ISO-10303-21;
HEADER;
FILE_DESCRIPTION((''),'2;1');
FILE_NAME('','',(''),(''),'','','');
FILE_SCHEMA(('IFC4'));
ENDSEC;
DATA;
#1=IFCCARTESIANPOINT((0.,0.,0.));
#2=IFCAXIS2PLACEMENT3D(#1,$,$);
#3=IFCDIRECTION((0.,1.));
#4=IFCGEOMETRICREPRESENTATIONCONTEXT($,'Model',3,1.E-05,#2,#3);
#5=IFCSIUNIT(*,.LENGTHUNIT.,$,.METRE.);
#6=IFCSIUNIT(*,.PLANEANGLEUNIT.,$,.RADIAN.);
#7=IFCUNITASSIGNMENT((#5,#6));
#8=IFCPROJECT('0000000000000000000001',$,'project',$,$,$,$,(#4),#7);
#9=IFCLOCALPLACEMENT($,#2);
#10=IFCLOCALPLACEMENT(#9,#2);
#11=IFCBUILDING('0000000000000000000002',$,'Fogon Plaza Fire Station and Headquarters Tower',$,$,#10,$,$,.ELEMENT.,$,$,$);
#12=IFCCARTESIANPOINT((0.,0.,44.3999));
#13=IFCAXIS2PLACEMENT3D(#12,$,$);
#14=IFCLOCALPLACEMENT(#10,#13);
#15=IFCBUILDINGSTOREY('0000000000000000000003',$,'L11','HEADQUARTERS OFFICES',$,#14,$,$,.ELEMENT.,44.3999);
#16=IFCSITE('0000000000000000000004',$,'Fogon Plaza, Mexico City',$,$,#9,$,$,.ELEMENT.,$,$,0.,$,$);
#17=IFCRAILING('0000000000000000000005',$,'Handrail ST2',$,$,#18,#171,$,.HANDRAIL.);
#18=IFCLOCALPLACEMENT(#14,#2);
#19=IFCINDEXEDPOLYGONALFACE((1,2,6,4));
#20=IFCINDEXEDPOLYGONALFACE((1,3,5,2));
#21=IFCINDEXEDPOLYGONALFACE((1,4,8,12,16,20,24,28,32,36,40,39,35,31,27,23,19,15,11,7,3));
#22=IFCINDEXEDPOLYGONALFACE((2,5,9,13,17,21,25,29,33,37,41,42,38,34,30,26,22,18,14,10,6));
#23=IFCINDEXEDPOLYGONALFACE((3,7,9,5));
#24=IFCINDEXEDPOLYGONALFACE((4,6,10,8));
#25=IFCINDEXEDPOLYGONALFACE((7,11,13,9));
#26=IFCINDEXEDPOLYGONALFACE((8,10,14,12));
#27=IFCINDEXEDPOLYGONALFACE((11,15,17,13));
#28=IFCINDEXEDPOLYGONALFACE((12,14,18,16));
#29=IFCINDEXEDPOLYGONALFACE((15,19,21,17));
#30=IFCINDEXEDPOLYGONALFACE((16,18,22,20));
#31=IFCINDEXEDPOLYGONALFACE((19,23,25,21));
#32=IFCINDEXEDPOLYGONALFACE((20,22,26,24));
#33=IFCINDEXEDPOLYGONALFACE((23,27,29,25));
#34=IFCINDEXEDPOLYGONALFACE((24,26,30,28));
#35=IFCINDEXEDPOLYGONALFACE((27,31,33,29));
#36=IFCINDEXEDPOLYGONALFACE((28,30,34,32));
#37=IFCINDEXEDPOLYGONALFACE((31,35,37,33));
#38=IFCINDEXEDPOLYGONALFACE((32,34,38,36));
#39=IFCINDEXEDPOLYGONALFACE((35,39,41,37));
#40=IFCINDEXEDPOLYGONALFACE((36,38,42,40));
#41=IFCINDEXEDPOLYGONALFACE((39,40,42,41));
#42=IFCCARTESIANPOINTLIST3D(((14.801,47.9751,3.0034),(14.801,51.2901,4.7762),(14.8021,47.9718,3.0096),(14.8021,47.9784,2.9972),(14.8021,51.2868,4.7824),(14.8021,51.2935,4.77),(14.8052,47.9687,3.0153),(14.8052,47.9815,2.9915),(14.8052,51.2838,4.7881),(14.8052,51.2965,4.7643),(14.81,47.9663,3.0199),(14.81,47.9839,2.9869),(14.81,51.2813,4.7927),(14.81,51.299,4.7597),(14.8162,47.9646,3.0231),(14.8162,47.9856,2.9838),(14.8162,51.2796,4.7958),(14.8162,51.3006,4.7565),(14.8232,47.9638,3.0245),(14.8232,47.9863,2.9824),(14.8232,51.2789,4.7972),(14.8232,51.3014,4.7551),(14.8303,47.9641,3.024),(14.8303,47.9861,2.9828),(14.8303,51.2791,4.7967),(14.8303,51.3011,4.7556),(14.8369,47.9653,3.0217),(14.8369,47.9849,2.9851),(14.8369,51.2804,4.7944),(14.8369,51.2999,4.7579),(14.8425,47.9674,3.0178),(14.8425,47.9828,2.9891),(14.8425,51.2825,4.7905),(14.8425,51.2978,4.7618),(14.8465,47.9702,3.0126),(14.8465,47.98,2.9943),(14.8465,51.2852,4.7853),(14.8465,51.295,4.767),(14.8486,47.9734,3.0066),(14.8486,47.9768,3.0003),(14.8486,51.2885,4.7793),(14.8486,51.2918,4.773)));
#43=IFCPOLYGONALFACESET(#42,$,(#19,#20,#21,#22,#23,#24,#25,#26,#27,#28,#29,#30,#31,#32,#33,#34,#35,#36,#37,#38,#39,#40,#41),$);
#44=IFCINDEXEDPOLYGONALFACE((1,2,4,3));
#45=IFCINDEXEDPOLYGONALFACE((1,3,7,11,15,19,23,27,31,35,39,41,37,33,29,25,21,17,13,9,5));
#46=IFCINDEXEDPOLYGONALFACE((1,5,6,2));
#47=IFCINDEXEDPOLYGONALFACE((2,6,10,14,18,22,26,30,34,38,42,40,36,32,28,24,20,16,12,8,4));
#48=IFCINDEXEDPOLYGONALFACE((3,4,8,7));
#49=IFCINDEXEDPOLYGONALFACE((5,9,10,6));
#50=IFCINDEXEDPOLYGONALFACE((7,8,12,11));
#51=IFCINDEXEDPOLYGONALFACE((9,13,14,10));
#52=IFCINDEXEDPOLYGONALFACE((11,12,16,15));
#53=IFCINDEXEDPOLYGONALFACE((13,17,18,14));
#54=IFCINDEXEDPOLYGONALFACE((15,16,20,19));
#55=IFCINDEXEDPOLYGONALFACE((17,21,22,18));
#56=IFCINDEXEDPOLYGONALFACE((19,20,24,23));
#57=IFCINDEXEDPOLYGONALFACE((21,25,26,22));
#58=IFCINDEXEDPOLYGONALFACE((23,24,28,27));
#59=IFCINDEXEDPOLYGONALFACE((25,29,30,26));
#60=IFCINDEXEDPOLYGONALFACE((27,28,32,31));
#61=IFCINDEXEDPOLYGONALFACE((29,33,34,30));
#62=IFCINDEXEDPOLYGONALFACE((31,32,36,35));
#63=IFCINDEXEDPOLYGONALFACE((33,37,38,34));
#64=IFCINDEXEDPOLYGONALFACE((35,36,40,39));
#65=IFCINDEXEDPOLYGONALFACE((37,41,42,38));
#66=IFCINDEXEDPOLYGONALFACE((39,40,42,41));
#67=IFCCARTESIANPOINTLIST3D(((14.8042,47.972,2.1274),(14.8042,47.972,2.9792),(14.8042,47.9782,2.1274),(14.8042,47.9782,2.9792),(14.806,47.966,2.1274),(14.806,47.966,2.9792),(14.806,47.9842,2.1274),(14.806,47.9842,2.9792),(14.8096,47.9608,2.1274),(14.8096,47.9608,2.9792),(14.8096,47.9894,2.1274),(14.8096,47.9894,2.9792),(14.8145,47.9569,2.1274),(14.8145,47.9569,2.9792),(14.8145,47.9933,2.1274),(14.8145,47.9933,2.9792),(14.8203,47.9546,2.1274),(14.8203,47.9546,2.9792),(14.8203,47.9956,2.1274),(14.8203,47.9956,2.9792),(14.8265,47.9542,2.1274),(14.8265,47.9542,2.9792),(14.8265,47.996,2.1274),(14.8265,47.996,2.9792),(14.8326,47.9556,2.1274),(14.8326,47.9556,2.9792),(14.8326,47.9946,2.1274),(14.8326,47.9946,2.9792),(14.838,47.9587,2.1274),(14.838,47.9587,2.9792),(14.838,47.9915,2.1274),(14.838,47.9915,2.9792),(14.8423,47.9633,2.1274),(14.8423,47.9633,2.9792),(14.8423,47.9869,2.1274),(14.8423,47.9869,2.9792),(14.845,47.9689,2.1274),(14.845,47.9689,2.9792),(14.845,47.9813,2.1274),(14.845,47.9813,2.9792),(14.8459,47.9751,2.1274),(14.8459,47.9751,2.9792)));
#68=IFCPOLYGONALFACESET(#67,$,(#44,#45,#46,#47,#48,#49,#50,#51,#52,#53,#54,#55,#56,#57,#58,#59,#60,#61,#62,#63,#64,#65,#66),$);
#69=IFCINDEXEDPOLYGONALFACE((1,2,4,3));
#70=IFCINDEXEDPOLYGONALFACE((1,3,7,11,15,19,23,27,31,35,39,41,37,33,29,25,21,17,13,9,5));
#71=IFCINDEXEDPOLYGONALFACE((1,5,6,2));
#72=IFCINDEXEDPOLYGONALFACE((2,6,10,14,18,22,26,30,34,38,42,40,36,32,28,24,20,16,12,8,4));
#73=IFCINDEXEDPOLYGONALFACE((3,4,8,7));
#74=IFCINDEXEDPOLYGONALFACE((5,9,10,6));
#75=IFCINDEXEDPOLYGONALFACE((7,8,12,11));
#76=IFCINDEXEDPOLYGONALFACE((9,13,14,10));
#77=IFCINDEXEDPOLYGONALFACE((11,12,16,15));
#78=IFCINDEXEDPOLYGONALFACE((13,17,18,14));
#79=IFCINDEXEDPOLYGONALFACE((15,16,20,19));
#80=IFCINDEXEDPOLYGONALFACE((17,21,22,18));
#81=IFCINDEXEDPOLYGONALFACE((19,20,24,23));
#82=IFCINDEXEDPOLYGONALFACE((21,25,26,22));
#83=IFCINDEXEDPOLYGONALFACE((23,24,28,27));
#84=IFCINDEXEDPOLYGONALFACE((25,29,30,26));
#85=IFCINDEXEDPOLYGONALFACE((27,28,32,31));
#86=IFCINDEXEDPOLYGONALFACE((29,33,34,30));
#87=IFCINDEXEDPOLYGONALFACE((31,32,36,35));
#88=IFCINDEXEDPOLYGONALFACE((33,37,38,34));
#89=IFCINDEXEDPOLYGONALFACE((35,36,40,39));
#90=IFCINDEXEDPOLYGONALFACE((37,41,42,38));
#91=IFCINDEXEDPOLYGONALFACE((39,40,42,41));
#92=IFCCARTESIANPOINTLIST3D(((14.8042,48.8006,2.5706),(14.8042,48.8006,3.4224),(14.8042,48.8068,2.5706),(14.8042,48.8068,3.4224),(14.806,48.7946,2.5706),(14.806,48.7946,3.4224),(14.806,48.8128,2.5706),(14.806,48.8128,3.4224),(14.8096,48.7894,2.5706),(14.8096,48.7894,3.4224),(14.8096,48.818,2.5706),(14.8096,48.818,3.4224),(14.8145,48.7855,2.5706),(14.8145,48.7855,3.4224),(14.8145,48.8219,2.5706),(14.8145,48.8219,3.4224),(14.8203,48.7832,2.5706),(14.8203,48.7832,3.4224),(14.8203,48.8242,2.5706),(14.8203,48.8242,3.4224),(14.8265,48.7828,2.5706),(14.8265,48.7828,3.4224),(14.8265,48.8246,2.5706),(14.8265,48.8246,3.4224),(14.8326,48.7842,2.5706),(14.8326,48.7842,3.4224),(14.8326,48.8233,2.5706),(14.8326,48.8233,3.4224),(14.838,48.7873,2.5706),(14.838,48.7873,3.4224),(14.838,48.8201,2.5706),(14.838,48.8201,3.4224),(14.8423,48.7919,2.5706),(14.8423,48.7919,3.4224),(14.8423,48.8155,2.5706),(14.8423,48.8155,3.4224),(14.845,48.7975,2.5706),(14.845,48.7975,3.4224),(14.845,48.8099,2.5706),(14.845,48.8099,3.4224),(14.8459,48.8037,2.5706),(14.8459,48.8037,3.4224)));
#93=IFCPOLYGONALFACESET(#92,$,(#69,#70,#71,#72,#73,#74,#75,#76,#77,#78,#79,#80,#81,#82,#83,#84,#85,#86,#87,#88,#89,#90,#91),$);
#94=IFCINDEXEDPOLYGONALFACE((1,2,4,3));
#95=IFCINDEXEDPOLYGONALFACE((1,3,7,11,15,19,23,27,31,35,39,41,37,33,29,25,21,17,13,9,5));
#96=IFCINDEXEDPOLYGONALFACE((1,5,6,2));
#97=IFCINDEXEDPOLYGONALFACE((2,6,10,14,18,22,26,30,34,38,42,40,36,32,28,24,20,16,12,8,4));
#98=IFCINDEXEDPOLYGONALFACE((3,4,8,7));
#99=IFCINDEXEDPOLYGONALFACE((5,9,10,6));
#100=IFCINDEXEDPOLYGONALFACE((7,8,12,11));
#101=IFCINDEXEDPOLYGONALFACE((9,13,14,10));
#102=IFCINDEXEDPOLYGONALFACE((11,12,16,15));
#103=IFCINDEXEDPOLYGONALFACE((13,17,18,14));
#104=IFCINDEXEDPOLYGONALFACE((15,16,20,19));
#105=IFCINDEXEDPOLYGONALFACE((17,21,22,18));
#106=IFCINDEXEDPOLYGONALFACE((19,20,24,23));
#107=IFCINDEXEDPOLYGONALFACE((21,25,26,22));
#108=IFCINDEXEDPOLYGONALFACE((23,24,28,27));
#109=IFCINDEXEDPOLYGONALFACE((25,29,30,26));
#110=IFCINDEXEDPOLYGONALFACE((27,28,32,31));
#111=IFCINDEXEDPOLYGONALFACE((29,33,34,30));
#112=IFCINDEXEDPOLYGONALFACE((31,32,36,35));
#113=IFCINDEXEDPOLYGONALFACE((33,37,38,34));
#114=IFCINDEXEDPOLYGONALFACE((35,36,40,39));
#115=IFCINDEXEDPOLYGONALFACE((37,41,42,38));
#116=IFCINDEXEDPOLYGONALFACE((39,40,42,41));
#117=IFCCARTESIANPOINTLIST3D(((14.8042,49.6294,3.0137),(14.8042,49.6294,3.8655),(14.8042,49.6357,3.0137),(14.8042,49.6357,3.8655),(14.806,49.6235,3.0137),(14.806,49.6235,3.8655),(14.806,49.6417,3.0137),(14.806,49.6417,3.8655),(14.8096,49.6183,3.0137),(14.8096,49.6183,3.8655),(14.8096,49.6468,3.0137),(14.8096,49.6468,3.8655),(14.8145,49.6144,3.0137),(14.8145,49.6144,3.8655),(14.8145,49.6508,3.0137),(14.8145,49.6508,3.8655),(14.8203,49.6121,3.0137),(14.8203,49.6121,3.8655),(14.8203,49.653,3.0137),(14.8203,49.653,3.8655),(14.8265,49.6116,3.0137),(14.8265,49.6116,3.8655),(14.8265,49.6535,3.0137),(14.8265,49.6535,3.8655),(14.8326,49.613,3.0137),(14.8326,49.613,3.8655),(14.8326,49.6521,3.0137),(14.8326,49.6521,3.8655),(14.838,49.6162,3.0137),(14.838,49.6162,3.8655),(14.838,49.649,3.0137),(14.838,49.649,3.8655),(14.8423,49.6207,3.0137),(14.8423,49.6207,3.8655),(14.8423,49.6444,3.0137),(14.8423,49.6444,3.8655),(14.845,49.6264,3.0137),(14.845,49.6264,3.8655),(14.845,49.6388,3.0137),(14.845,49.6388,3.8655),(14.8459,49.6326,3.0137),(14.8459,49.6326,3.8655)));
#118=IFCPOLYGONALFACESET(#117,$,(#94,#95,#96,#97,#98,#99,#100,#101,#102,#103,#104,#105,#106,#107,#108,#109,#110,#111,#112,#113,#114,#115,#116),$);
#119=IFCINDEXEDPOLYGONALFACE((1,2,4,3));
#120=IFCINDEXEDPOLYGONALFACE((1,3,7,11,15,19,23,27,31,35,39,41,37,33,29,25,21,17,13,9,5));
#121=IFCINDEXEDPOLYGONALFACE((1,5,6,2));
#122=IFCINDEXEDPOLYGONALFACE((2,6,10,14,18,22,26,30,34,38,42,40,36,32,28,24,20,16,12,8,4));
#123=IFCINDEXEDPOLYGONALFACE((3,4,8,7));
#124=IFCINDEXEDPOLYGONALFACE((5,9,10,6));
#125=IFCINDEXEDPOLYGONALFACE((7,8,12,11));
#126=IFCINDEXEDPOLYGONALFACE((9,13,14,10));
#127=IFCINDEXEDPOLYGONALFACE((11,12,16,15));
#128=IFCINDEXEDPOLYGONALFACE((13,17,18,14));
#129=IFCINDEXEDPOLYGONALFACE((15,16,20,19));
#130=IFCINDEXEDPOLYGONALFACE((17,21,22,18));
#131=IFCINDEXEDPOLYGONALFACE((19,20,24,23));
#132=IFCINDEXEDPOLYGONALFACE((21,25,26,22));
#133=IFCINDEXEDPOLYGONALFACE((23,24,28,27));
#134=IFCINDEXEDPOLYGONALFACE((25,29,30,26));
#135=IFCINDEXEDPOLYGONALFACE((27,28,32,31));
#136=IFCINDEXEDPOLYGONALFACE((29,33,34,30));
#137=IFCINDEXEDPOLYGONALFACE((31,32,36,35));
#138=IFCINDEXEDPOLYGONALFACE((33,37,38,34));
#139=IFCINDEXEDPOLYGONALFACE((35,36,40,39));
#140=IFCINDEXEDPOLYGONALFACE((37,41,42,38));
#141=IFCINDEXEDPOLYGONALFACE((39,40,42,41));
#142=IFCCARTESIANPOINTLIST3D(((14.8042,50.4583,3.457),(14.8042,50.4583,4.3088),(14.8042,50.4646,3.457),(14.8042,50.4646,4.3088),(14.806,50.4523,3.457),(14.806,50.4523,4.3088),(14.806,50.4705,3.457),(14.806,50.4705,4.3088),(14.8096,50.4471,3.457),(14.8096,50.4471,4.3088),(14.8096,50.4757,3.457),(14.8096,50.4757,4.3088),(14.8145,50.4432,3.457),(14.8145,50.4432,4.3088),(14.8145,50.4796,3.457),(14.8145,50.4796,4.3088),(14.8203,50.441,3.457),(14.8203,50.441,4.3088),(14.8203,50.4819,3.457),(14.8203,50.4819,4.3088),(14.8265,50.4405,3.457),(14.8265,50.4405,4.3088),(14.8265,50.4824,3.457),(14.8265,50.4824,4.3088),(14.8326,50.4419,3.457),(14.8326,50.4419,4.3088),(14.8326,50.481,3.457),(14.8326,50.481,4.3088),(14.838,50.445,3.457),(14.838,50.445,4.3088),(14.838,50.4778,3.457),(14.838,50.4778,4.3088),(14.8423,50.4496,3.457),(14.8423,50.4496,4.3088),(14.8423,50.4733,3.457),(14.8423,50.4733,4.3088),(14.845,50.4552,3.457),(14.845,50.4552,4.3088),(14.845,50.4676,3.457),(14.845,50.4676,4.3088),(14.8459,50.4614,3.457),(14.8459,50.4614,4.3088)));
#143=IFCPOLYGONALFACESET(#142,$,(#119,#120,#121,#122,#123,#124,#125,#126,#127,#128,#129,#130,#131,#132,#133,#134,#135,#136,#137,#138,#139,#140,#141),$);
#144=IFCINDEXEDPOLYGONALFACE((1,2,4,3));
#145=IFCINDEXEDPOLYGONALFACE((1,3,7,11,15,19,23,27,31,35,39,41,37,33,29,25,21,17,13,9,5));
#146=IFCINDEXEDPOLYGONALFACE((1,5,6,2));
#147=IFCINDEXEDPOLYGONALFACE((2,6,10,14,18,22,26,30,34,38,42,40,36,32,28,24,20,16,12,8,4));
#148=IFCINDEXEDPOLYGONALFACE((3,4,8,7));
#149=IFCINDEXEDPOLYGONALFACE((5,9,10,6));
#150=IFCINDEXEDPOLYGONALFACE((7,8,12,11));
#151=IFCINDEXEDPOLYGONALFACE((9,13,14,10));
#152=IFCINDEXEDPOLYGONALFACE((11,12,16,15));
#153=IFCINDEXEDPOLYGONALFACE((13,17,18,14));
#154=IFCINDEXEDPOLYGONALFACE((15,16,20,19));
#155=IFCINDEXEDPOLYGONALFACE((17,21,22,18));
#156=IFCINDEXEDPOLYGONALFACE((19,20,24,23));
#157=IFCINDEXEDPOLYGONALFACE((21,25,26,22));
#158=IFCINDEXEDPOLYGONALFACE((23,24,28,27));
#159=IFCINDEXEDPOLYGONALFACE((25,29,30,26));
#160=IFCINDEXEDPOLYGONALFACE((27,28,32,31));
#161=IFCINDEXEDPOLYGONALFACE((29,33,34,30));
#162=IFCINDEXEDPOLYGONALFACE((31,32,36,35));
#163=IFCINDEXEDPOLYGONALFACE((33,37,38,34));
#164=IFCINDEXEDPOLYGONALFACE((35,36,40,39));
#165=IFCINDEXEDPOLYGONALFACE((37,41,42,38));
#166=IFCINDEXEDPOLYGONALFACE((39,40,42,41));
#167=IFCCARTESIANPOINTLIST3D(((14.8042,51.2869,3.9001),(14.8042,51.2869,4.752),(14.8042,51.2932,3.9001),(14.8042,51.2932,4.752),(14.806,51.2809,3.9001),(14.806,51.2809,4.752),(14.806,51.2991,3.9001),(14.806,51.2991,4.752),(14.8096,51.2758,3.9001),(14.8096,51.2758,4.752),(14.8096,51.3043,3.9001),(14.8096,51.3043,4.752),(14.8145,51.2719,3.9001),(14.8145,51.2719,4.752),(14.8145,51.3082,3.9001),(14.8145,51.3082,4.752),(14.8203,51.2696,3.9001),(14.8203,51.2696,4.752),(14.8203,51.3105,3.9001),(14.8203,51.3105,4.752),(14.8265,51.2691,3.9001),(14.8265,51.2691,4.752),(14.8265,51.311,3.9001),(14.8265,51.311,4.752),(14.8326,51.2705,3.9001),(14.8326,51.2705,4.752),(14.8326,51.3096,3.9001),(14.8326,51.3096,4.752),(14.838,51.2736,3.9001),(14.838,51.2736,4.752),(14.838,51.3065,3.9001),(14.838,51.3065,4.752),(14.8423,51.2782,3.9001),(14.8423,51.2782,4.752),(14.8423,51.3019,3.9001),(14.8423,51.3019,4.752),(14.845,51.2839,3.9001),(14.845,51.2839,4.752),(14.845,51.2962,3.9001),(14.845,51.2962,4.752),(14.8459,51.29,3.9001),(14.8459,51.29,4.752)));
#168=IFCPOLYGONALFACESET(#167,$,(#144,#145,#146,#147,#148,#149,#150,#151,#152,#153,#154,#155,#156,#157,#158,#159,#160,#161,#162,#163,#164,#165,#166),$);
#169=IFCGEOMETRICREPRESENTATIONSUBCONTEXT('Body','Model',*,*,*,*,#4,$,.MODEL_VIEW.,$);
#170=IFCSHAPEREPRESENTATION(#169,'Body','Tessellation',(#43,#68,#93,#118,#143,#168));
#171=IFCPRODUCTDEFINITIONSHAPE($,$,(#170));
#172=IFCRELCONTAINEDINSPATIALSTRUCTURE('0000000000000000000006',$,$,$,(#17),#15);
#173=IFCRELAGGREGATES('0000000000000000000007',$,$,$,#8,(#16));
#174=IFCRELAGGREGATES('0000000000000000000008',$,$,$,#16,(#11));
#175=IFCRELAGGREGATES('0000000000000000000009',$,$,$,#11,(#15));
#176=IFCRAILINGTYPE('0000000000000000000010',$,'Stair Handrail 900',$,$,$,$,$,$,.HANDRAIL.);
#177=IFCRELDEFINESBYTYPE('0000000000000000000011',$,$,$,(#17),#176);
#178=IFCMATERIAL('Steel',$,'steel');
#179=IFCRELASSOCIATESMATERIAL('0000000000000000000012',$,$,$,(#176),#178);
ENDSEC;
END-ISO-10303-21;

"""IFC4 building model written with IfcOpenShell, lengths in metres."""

from ifc_helpers import new_model, si_unit, direction, frame, origin, origin_2d, place, context, subcontext, project, spatial, circle, extrude, material, type_object, element, save


model = new_model("IFC4")

# Units and contexts
model_context = context("Model", 3, precision=1e-05, world=origin(), true_north=direction((0.0, 1.0)))
body_context = subcontext(model_context, "Body", "Model", "MODEL_VIEW")
ifc_project = project(units=[si_unit("LENGTHUNIT", "METRE"), si_unit("PLANEANGLEUNIT", "RADIAN")], contexts=[model_context])

# Site, building, storey
site_placement = place(None, origin())
site = spatial("IfcSite", under=ifc_project, at=site_placement, Name="Fogon Plaza, Mexico City", CompositionType="ELEMENT", RefElevation=0.0)
building_placement = place(site_placement, origin())
building = spatial("IfcBuilding", under=site, at=building_placement, Name="Fogon Plaza Fire Station and Headquarters Tower", CompositionType="ELEMENT")
storey_placement = place(building_placement, frame((0.0, 0.0, 44.3999)))
storey = spatial("IfcBuildingStorey", under=building, at=storey_placement, Name="L11", Description="HEADQUARTERS OFFICES", CompositionType="ELEMENT", Elevation=44.3999)

# Railing
ifc_material_1 = material(Name="Steel", Category="steel")
railing_type = type_object("IfcRailingType", Name="Stair Handrail 900", PredefinedType="HANDRAIL", material=ifc_material_1)
for number, where, name in (
    (1, (14.825, 47.9751, 2.1274), "Handrail ST2"),
):
    element("IfcRailing", number, at=place(storey_placement, frame(where)), inside=storey, type_object=railing_type, Name=name, PredefinedType="HANDRAIL", context=body_context, shape_type="SweptSolid", body=[
        extrude(circle(Radius=0.0239, at=origin_2d()), frame((0.0, 0.0, 0.876), z_axis=(0.0, 0.881829, 0.471569), x_axis=(-1.0, 0.0, 0.0)), (0.0, 0.0, 1.0), 3.7593),
        extrude(circle(Radius=0.021, at=origin_2d()), origin(), (0.0, 0.0, 1.0), 0.8518),
        extrude(circle(Radius=0.021, at=origin_2d()), frame((0.0, 0.8286, 0.4431)), (0.0, 0.0, 1.0), 0.8518),
        extrude(circle(Radius=0.021, at=origin_2d()), frame((0.0, 1.6575, 0.8862)), (0.0, 0.0, 1.0), 0.8518),
        extrude(circle(Radius=0.021, at=origin_2d()), frame((0.0, 2.4863, 1.3296)), (0.0, 0.0, 1.0), 0.8518),
        extrude(circle(Radius=0.021, at=origin_2d()), frame((0.0, 3.3149, 1.7727)), (0.0, 0.0, 1.0), 0.8518),
    ])

save(model, "model.ifc")
